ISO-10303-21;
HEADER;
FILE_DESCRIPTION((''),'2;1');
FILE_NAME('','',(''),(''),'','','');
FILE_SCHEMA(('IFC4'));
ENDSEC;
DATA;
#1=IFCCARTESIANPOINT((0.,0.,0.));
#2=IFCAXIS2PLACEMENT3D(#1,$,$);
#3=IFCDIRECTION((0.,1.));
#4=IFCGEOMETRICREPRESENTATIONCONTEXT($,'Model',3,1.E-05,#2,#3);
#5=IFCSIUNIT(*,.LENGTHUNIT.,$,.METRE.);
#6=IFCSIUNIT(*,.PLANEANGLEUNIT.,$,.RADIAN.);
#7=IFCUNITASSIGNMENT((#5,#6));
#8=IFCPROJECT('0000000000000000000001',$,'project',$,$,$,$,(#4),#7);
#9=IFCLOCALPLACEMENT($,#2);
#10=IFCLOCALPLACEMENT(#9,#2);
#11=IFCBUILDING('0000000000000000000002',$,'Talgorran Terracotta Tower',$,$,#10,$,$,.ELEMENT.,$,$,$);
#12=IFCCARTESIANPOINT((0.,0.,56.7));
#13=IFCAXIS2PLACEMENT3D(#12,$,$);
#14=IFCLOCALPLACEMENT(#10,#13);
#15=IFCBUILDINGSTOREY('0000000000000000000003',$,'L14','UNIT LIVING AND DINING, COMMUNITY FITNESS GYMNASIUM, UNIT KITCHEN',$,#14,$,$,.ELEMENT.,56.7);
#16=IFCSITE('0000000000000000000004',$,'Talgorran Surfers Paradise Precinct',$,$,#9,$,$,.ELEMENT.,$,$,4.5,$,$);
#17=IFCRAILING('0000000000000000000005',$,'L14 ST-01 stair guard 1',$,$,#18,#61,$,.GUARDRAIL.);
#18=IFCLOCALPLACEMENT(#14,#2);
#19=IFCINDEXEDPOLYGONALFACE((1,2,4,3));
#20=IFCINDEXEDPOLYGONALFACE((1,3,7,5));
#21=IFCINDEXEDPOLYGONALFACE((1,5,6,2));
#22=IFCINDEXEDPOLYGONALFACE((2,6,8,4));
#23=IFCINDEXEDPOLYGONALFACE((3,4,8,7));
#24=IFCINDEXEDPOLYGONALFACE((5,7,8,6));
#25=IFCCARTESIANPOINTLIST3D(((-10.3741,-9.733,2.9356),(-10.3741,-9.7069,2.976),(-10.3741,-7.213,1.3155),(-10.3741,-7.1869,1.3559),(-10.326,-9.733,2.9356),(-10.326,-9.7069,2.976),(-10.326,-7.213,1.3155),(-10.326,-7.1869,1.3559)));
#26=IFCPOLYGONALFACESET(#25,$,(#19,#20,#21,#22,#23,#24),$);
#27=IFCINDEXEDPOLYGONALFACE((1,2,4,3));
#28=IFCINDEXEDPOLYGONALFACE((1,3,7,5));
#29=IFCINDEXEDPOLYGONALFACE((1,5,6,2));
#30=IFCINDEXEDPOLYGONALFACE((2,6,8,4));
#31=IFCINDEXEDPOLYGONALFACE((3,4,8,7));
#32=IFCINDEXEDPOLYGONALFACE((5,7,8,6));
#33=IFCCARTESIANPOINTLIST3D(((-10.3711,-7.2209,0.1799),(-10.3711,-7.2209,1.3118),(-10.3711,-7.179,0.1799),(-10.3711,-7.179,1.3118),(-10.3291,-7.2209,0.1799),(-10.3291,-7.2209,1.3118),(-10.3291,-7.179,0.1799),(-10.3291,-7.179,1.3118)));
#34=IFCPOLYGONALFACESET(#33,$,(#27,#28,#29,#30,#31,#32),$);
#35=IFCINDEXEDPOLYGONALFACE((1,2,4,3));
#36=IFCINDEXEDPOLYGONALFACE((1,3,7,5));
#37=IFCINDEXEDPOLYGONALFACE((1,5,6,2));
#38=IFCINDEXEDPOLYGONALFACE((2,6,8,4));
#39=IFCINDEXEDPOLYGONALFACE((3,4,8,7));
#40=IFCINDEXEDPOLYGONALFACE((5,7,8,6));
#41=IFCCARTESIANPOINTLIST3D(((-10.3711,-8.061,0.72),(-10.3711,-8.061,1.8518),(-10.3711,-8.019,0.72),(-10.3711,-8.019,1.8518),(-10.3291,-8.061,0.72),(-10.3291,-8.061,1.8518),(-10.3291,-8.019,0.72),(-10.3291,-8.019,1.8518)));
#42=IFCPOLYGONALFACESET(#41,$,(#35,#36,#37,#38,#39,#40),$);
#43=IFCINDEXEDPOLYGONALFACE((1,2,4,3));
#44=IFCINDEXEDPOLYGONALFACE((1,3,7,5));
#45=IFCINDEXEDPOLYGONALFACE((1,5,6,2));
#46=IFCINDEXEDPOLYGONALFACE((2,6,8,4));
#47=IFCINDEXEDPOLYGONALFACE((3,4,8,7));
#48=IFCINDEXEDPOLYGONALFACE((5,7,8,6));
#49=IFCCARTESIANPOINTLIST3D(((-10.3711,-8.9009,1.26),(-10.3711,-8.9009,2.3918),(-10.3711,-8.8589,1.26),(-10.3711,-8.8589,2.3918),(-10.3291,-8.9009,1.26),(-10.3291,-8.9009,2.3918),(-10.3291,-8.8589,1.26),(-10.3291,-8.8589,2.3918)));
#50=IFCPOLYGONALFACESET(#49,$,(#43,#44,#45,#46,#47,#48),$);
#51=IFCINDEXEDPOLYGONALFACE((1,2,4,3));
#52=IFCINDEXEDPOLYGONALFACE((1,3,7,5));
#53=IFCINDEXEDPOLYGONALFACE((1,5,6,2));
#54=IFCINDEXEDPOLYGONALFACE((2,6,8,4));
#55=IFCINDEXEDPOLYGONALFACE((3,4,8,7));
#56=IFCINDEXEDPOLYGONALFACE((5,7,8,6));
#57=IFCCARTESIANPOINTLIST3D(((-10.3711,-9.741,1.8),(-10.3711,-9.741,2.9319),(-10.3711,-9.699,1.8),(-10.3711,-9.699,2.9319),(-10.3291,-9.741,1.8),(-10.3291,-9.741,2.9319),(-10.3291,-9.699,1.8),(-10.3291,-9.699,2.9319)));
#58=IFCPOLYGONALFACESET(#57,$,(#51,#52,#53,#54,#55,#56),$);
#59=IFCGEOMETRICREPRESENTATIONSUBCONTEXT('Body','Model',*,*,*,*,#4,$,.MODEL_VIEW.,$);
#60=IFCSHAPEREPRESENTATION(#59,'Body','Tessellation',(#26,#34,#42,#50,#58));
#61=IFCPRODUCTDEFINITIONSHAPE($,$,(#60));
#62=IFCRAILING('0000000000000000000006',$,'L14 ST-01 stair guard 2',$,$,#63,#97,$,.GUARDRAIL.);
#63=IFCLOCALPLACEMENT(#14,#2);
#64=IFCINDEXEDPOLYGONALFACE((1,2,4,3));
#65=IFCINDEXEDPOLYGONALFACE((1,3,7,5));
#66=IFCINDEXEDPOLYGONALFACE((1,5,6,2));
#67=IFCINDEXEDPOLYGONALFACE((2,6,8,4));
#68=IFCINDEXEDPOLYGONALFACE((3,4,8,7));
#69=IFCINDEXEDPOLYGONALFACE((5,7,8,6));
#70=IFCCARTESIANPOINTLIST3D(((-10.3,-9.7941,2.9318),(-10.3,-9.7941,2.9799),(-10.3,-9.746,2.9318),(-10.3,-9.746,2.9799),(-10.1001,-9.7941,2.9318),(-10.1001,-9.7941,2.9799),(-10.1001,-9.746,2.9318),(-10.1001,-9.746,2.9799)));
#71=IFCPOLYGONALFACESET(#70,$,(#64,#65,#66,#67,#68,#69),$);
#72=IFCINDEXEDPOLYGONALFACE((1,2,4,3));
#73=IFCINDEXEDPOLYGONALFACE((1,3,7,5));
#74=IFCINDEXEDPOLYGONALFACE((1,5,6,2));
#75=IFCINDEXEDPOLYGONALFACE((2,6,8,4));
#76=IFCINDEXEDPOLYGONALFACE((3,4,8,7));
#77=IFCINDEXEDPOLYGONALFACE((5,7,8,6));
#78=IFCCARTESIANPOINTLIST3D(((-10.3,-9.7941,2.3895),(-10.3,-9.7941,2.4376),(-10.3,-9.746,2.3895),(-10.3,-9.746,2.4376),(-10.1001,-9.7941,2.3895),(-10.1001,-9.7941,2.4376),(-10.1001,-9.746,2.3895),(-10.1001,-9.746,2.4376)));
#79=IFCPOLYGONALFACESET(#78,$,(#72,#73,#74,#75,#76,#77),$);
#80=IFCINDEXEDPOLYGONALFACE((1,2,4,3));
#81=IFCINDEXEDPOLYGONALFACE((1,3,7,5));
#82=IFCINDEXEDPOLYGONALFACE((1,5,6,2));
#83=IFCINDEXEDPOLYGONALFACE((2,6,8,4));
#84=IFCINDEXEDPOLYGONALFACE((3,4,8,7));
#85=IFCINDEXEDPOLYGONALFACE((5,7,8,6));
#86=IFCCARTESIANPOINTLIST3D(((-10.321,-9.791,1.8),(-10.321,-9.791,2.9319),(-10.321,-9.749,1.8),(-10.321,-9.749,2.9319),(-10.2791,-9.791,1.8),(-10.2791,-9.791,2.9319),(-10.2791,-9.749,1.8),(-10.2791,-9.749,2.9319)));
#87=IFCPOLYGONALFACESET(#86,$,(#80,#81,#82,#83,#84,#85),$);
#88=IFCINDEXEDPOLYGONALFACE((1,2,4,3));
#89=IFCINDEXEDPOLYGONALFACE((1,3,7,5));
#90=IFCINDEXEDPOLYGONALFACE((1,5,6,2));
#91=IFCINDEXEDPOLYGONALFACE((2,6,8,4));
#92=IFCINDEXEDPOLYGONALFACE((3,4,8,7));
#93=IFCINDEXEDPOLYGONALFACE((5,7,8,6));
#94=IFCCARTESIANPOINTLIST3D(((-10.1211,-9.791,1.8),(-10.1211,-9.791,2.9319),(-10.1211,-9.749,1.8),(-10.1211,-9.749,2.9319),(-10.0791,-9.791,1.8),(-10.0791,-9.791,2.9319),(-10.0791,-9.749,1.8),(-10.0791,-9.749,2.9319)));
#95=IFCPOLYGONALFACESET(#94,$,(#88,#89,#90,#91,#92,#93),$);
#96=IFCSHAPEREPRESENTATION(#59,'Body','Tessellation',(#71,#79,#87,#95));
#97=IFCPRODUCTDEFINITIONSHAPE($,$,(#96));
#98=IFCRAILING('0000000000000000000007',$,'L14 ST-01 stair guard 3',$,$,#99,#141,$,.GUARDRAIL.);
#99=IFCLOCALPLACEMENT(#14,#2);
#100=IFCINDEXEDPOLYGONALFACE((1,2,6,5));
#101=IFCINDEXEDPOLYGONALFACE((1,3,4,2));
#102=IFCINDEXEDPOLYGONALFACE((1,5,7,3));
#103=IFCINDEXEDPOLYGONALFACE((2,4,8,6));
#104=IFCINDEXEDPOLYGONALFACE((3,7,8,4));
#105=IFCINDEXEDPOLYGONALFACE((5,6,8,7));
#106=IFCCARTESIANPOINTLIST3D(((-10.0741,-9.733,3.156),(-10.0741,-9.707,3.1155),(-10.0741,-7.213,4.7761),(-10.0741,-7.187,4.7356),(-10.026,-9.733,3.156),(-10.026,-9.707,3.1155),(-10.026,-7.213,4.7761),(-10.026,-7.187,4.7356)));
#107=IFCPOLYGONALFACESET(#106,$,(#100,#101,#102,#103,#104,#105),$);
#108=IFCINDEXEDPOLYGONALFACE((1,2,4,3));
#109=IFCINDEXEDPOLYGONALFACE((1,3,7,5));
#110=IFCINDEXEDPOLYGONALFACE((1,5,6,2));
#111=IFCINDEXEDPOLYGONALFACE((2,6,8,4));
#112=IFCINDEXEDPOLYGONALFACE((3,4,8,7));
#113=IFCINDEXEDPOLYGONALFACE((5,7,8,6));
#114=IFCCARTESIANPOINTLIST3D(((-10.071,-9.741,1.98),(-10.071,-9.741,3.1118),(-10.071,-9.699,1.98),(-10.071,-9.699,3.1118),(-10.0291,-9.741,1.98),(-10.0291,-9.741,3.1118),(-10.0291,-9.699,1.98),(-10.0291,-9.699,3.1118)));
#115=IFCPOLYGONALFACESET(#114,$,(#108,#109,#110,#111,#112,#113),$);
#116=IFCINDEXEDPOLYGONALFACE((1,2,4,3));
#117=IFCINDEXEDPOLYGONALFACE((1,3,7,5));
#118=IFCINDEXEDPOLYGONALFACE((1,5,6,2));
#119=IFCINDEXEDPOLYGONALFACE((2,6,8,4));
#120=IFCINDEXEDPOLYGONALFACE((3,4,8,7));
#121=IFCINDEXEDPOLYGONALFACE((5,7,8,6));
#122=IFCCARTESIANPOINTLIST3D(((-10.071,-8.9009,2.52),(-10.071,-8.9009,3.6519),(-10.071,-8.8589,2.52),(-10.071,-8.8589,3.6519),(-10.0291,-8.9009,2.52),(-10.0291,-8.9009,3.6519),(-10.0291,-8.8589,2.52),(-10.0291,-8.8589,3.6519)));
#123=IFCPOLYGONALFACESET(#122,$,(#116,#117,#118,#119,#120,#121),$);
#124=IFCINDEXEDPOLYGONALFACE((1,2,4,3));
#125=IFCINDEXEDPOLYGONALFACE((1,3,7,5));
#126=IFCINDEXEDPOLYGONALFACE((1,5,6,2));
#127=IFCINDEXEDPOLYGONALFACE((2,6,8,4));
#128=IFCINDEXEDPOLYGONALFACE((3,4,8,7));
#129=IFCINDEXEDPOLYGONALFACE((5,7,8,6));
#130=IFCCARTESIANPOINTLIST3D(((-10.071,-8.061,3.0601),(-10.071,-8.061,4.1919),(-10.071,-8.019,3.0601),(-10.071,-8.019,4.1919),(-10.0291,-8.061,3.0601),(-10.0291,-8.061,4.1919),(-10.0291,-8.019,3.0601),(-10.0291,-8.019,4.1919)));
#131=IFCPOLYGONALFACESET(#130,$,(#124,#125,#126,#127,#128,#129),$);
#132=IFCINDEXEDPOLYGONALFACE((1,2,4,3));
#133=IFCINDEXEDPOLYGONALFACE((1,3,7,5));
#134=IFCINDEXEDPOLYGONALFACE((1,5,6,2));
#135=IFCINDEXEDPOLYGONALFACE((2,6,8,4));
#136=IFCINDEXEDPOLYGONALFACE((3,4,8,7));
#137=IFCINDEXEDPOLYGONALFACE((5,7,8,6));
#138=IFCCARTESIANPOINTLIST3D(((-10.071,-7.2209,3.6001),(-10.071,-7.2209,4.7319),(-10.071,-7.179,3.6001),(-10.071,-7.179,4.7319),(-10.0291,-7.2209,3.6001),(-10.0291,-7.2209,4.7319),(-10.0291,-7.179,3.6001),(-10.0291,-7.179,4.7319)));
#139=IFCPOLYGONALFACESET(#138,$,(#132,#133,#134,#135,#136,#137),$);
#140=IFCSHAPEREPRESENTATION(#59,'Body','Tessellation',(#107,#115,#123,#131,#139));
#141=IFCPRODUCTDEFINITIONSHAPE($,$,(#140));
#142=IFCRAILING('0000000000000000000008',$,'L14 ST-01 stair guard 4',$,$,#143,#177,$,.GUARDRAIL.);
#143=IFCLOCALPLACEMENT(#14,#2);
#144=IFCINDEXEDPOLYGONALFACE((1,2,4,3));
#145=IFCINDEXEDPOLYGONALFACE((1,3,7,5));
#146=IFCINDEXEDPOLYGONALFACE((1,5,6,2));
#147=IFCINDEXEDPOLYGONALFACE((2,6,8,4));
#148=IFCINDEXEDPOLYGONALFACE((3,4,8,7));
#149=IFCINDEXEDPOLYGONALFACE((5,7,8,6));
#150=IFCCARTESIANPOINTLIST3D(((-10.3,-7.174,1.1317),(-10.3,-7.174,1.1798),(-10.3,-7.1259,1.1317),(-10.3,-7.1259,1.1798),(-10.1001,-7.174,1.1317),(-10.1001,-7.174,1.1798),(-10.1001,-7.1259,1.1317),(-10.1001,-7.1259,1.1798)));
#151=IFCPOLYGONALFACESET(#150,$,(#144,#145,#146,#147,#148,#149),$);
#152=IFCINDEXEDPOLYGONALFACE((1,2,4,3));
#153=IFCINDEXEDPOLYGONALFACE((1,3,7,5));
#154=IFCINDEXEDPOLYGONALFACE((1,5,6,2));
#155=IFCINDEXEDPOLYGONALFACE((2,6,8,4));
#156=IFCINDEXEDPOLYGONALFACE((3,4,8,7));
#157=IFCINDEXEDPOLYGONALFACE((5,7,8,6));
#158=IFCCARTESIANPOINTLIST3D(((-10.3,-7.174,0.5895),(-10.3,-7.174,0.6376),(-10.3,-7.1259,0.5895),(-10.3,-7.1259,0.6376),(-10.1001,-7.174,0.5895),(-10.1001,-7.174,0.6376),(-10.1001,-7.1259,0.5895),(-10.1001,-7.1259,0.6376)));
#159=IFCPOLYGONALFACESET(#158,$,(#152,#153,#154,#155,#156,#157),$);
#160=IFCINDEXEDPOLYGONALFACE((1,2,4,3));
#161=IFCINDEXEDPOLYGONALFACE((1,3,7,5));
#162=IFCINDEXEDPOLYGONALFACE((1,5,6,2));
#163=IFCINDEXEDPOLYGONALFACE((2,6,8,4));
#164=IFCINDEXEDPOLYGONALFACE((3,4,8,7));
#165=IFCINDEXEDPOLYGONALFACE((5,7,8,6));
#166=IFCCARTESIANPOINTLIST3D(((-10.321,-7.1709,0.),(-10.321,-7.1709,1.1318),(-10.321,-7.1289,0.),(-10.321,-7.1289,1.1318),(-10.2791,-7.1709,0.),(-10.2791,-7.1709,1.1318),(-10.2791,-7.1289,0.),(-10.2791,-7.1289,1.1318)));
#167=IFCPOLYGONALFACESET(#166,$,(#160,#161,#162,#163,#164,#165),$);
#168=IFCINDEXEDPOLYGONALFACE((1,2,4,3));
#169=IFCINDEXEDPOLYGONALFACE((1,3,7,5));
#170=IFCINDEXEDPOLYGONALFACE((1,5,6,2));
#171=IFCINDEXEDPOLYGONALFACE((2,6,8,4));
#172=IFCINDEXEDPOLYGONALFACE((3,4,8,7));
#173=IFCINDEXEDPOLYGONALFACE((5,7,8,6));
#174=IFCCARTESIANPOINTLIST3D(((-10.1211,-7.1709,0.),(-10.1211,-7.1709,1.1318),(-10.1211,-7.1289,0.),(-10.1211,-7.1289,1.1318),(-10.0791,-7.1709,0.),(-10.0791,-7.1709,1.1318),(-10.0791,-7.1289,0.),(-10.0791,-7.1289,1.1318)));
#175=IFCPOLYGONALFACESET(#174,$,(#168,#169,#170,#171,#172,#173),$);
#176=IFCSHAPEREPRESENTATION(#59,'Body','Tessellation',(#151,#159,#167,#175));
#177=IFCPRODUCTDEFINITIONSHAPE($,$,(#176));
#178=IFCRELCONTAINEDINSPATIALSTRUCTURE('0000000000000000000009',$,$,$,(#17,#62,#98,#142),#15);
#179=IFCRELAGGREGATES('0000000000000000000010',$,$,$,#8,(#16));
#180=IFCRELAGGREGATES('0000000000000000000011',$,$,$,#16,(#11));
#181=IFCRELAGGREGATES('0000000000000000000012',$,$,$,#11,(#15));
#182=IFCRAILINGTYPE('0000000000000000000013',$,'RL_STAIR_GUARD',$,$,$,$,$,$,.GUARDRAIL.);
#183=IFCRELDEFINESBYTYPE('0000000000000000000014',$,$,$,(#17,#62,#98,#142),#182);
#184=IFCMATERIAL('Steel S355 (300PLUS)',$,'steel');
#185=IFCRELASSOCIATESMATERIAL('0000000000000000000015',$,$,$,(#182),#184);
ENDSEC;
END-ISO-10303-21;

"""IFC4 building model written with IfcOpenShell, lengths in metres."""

from ifc_helpers import new_model, si_unit, direction, frame, origin, origin_2d, place, context, subcontext, project, spatial, rectangle, extrude, material, type_object, element, save


model = new_model("IFC4")

# Units and contexts
model_context = context("Model", 3, precision=1e-05, world=origin(), true_north=direction((0.0, 1.0)))
body_context = subcontext(model_context, "Body", "Model", "MODEL_VIEW")
ifc_project = project(units=[si_unit("LENGTHUNIT", "METRE"), si_unit("PLANEANGLEUNIT", "RADIAN")], contexts=[model_context])

# Site, building, storey
site_placement = place(None, origin())
site = spatial("IfcSite", under=ifc_project, at=site_placement, Name="Talgorran Surfers Paradise Precinct", CompositionType="ELEMENT", RefElevation=4.5)
building_placement = place(site_placement, origin())
building = spatial("IfcBuilding", under=site, at=building_placement, Name="Talgorran Terracotta Tower", CompositionType="ELEMENT")
storey_placement = place(building_placement, frame((0.0, 0.0, 56.7)))
storey = spatial("IfcBuildingStorey", under=building, at=storey_placement, Name="L14", Description="UNIT LIVING AND DINING, COMMUNITY FITNESS GYMNASIUM, UNIT KITCHEN", CompositionType="ELEMENT", Elevation=56.7)

# Shared definitions
ifc_material_1 = material(Name="Steel S355 (300PLUS)", Category="steel")

# Railings
railing_type_1 = type_object("IfcRailingType", Name="RL_STAIR_GUARD", PredefinedType="GUARDRAIL", material=ifc_material_1)
railing_1_placement = place(storey_placement, frame((-10.3501, -7.2, 0.1799)))
element("IfcRailing", 1, at=railing_1_placement, inside=storey, type_object=railing_type_1, Name="L14 ST-01 stair guard 1", PredefinedType="GUARDRAIL", context=body_context, shape_type="SweptSolid", body=[
    extrude(rectangle(XDim=0.0481, YDim=0.0481, at=origin_2d()), frame((0.0, 0.0, 1.1558), z_axis=(0.0, -0.841163, 0.540782), x_axis=(1.0, 0.0, 0.0)), (0.0, 0.0, 1.0), 2.9958),
    extrude(rectangle(XDim=0.042, YDim=0.042, at=origin_2d()), origin(), (0.0, 0.0, 1.0), 1.1318),
    extrude(rectangle(XDim=0.042, YDim=0.042, at=origin_2d()), frame((0.0, -0.8401, 0.54)), (0.0, 0.0, 1.0), 1.1318),
    extrude(rectangle(XDim=0.042, YDim=0.042, at=origin_2d()), frame((0.0, -1.6799, 1.0801)), (0.0, 0.0, 1.0), 1.1318),
    extrude(rectangle(XDim=0.042, YDim=0.042, at=origin_2d()), frame((0.0, -2.52, 1.6201)), (0.0, 0.0, 1.0), 1.1318),
])
railing_2_placement = place(storey_placement, frame((-10.3, -9.77, 1.8)))
element("IfcRailing", 2, at=railing_2_placement, inside=storey, type_object=railing_type_1, Name="L14 ST-01 stair guard 2", PredefinedType="GUARDRAIL", context=body_context, shape_type="SweptSolid", body=[
    extrude(rectangle(XDim=0.0481, YDim=0.0481, at=origin_2d()), frame((0.0, 0.0, 1.1558), z_axis=(1.0, 0.0, 0.0), x_axis=(0.0, 1.0, 0.0)), (0.0, 0.0, 1.0), 0.2),
    extrude(rectangle(XDim=0.0481, YDim=0.0481, at=origin_2d()), frame((0.0, 0.0, 0.6135), z_axis=(1.0, 0.0, 0.0), x_axis=(0.0, 1.0, 0.0)), (0.0, 0.0, 1.0), 0.2),
    extrude(rectangle(XDim=0.042, YDim=0.042, at=origin_2d()), origin(), (0.0, 0.0, 1.0), 1.1318),
    extrude(rectangle(XDim=0.042, YDim=0.042, at=origin_2d()), frame((0.2, 0.0, 0.0)), (0.0, 0.0, 1.0), 1.1318),
])
railing_3_placement = place(storey_placement, frame((-10.05, -9.72, 1.98)))
element("IfcRailing", 3, at=railing_3_placement, inside=storey, type_object=railing_type_1, Name="L14 ST-01 stair guard 3", PredefinedType="GUARDRAIL", context=body_context, shape_type="SweptSolid", body=[
    extrude(rectangle(XDim=0.0481, YDim=0.0481, at=origin_2d()), frame((0.0, 0.0, 1.1558), z_axis=(0.0, 0.841163, 0.540782), x_axis=(-1.0, 0.0, 0.0)), (0.0, 0.0, 1.0), 2.9958),
    extrude(rectangle(XDim=0.042, YDim=0.042, at=origin_2d()), origin(), (0.0, 0.0, 1.0), 1.1318),
    extrude(rectangle(XDim=0.042, YDim=0.042, at=origin_2d()), frame((0.0, 0.8401, 0.54)), (0.0, 0.0, 1.0), 1.1318),
    extrude(rectangle(XDim=0.042, YDim=0.042, at=origin_2d()), frame((0.0, 1.6799, 1.0801)), (0.0, 0.0, 1.0), 1.1318),
    extrude(rectangle(XDim=0.042, YDim=0.042, at=origin_2d()), frame((0.0, 2.52, 1.6201)), (0.0, 0.0, 1.0), 1.1318),
])
railing_4_placement = place(storey_placement, frame((-10.3, -7.1499, 0.0)))
element("IfcRailing", 4, at=railing_4_placement, inside=storey, type_object=railing_type_1, Name="L14 ST-01 stair guard 4", PredefinedType="GUARDRAIL", context=body_context, shape_type="SweptSolid", body=[
    extrude(rectangle(XDim=0.0481, YDim=0.0481, at=origin_2d()), frame((0.0, 0.0, 1.1558), z_axis=(1.0, 0.0, 0.0), x_axis=(0.0, 1.0, 0.0)), (0.0, 0.0, 1.0), 0.2),
    extrude(rectangle(XDim=0.0481, YDim=0.0481, at=origin_2d()), frame((0.0, 0.0, 0.6135), z_axis=(1.0, 0.0, 0.0), x_axis=(0.0, 1.0, 0.0)), (0.0, 0.0, 1.0), 0.2),
    extrude(rectangle(XDim=0.042, YDim=0.042, at=origin_2d()), origin(), (0.0, 0.0, 1.0), 1.1318),
    extrude(rectangle(XDim=0.042, YDim=0.042, at=origin_2d()), frame((0.2, 0.0, 0.0)), (0.0, 0.0, 1.0), 1.1318),
])

save(model, "model.ifc")
